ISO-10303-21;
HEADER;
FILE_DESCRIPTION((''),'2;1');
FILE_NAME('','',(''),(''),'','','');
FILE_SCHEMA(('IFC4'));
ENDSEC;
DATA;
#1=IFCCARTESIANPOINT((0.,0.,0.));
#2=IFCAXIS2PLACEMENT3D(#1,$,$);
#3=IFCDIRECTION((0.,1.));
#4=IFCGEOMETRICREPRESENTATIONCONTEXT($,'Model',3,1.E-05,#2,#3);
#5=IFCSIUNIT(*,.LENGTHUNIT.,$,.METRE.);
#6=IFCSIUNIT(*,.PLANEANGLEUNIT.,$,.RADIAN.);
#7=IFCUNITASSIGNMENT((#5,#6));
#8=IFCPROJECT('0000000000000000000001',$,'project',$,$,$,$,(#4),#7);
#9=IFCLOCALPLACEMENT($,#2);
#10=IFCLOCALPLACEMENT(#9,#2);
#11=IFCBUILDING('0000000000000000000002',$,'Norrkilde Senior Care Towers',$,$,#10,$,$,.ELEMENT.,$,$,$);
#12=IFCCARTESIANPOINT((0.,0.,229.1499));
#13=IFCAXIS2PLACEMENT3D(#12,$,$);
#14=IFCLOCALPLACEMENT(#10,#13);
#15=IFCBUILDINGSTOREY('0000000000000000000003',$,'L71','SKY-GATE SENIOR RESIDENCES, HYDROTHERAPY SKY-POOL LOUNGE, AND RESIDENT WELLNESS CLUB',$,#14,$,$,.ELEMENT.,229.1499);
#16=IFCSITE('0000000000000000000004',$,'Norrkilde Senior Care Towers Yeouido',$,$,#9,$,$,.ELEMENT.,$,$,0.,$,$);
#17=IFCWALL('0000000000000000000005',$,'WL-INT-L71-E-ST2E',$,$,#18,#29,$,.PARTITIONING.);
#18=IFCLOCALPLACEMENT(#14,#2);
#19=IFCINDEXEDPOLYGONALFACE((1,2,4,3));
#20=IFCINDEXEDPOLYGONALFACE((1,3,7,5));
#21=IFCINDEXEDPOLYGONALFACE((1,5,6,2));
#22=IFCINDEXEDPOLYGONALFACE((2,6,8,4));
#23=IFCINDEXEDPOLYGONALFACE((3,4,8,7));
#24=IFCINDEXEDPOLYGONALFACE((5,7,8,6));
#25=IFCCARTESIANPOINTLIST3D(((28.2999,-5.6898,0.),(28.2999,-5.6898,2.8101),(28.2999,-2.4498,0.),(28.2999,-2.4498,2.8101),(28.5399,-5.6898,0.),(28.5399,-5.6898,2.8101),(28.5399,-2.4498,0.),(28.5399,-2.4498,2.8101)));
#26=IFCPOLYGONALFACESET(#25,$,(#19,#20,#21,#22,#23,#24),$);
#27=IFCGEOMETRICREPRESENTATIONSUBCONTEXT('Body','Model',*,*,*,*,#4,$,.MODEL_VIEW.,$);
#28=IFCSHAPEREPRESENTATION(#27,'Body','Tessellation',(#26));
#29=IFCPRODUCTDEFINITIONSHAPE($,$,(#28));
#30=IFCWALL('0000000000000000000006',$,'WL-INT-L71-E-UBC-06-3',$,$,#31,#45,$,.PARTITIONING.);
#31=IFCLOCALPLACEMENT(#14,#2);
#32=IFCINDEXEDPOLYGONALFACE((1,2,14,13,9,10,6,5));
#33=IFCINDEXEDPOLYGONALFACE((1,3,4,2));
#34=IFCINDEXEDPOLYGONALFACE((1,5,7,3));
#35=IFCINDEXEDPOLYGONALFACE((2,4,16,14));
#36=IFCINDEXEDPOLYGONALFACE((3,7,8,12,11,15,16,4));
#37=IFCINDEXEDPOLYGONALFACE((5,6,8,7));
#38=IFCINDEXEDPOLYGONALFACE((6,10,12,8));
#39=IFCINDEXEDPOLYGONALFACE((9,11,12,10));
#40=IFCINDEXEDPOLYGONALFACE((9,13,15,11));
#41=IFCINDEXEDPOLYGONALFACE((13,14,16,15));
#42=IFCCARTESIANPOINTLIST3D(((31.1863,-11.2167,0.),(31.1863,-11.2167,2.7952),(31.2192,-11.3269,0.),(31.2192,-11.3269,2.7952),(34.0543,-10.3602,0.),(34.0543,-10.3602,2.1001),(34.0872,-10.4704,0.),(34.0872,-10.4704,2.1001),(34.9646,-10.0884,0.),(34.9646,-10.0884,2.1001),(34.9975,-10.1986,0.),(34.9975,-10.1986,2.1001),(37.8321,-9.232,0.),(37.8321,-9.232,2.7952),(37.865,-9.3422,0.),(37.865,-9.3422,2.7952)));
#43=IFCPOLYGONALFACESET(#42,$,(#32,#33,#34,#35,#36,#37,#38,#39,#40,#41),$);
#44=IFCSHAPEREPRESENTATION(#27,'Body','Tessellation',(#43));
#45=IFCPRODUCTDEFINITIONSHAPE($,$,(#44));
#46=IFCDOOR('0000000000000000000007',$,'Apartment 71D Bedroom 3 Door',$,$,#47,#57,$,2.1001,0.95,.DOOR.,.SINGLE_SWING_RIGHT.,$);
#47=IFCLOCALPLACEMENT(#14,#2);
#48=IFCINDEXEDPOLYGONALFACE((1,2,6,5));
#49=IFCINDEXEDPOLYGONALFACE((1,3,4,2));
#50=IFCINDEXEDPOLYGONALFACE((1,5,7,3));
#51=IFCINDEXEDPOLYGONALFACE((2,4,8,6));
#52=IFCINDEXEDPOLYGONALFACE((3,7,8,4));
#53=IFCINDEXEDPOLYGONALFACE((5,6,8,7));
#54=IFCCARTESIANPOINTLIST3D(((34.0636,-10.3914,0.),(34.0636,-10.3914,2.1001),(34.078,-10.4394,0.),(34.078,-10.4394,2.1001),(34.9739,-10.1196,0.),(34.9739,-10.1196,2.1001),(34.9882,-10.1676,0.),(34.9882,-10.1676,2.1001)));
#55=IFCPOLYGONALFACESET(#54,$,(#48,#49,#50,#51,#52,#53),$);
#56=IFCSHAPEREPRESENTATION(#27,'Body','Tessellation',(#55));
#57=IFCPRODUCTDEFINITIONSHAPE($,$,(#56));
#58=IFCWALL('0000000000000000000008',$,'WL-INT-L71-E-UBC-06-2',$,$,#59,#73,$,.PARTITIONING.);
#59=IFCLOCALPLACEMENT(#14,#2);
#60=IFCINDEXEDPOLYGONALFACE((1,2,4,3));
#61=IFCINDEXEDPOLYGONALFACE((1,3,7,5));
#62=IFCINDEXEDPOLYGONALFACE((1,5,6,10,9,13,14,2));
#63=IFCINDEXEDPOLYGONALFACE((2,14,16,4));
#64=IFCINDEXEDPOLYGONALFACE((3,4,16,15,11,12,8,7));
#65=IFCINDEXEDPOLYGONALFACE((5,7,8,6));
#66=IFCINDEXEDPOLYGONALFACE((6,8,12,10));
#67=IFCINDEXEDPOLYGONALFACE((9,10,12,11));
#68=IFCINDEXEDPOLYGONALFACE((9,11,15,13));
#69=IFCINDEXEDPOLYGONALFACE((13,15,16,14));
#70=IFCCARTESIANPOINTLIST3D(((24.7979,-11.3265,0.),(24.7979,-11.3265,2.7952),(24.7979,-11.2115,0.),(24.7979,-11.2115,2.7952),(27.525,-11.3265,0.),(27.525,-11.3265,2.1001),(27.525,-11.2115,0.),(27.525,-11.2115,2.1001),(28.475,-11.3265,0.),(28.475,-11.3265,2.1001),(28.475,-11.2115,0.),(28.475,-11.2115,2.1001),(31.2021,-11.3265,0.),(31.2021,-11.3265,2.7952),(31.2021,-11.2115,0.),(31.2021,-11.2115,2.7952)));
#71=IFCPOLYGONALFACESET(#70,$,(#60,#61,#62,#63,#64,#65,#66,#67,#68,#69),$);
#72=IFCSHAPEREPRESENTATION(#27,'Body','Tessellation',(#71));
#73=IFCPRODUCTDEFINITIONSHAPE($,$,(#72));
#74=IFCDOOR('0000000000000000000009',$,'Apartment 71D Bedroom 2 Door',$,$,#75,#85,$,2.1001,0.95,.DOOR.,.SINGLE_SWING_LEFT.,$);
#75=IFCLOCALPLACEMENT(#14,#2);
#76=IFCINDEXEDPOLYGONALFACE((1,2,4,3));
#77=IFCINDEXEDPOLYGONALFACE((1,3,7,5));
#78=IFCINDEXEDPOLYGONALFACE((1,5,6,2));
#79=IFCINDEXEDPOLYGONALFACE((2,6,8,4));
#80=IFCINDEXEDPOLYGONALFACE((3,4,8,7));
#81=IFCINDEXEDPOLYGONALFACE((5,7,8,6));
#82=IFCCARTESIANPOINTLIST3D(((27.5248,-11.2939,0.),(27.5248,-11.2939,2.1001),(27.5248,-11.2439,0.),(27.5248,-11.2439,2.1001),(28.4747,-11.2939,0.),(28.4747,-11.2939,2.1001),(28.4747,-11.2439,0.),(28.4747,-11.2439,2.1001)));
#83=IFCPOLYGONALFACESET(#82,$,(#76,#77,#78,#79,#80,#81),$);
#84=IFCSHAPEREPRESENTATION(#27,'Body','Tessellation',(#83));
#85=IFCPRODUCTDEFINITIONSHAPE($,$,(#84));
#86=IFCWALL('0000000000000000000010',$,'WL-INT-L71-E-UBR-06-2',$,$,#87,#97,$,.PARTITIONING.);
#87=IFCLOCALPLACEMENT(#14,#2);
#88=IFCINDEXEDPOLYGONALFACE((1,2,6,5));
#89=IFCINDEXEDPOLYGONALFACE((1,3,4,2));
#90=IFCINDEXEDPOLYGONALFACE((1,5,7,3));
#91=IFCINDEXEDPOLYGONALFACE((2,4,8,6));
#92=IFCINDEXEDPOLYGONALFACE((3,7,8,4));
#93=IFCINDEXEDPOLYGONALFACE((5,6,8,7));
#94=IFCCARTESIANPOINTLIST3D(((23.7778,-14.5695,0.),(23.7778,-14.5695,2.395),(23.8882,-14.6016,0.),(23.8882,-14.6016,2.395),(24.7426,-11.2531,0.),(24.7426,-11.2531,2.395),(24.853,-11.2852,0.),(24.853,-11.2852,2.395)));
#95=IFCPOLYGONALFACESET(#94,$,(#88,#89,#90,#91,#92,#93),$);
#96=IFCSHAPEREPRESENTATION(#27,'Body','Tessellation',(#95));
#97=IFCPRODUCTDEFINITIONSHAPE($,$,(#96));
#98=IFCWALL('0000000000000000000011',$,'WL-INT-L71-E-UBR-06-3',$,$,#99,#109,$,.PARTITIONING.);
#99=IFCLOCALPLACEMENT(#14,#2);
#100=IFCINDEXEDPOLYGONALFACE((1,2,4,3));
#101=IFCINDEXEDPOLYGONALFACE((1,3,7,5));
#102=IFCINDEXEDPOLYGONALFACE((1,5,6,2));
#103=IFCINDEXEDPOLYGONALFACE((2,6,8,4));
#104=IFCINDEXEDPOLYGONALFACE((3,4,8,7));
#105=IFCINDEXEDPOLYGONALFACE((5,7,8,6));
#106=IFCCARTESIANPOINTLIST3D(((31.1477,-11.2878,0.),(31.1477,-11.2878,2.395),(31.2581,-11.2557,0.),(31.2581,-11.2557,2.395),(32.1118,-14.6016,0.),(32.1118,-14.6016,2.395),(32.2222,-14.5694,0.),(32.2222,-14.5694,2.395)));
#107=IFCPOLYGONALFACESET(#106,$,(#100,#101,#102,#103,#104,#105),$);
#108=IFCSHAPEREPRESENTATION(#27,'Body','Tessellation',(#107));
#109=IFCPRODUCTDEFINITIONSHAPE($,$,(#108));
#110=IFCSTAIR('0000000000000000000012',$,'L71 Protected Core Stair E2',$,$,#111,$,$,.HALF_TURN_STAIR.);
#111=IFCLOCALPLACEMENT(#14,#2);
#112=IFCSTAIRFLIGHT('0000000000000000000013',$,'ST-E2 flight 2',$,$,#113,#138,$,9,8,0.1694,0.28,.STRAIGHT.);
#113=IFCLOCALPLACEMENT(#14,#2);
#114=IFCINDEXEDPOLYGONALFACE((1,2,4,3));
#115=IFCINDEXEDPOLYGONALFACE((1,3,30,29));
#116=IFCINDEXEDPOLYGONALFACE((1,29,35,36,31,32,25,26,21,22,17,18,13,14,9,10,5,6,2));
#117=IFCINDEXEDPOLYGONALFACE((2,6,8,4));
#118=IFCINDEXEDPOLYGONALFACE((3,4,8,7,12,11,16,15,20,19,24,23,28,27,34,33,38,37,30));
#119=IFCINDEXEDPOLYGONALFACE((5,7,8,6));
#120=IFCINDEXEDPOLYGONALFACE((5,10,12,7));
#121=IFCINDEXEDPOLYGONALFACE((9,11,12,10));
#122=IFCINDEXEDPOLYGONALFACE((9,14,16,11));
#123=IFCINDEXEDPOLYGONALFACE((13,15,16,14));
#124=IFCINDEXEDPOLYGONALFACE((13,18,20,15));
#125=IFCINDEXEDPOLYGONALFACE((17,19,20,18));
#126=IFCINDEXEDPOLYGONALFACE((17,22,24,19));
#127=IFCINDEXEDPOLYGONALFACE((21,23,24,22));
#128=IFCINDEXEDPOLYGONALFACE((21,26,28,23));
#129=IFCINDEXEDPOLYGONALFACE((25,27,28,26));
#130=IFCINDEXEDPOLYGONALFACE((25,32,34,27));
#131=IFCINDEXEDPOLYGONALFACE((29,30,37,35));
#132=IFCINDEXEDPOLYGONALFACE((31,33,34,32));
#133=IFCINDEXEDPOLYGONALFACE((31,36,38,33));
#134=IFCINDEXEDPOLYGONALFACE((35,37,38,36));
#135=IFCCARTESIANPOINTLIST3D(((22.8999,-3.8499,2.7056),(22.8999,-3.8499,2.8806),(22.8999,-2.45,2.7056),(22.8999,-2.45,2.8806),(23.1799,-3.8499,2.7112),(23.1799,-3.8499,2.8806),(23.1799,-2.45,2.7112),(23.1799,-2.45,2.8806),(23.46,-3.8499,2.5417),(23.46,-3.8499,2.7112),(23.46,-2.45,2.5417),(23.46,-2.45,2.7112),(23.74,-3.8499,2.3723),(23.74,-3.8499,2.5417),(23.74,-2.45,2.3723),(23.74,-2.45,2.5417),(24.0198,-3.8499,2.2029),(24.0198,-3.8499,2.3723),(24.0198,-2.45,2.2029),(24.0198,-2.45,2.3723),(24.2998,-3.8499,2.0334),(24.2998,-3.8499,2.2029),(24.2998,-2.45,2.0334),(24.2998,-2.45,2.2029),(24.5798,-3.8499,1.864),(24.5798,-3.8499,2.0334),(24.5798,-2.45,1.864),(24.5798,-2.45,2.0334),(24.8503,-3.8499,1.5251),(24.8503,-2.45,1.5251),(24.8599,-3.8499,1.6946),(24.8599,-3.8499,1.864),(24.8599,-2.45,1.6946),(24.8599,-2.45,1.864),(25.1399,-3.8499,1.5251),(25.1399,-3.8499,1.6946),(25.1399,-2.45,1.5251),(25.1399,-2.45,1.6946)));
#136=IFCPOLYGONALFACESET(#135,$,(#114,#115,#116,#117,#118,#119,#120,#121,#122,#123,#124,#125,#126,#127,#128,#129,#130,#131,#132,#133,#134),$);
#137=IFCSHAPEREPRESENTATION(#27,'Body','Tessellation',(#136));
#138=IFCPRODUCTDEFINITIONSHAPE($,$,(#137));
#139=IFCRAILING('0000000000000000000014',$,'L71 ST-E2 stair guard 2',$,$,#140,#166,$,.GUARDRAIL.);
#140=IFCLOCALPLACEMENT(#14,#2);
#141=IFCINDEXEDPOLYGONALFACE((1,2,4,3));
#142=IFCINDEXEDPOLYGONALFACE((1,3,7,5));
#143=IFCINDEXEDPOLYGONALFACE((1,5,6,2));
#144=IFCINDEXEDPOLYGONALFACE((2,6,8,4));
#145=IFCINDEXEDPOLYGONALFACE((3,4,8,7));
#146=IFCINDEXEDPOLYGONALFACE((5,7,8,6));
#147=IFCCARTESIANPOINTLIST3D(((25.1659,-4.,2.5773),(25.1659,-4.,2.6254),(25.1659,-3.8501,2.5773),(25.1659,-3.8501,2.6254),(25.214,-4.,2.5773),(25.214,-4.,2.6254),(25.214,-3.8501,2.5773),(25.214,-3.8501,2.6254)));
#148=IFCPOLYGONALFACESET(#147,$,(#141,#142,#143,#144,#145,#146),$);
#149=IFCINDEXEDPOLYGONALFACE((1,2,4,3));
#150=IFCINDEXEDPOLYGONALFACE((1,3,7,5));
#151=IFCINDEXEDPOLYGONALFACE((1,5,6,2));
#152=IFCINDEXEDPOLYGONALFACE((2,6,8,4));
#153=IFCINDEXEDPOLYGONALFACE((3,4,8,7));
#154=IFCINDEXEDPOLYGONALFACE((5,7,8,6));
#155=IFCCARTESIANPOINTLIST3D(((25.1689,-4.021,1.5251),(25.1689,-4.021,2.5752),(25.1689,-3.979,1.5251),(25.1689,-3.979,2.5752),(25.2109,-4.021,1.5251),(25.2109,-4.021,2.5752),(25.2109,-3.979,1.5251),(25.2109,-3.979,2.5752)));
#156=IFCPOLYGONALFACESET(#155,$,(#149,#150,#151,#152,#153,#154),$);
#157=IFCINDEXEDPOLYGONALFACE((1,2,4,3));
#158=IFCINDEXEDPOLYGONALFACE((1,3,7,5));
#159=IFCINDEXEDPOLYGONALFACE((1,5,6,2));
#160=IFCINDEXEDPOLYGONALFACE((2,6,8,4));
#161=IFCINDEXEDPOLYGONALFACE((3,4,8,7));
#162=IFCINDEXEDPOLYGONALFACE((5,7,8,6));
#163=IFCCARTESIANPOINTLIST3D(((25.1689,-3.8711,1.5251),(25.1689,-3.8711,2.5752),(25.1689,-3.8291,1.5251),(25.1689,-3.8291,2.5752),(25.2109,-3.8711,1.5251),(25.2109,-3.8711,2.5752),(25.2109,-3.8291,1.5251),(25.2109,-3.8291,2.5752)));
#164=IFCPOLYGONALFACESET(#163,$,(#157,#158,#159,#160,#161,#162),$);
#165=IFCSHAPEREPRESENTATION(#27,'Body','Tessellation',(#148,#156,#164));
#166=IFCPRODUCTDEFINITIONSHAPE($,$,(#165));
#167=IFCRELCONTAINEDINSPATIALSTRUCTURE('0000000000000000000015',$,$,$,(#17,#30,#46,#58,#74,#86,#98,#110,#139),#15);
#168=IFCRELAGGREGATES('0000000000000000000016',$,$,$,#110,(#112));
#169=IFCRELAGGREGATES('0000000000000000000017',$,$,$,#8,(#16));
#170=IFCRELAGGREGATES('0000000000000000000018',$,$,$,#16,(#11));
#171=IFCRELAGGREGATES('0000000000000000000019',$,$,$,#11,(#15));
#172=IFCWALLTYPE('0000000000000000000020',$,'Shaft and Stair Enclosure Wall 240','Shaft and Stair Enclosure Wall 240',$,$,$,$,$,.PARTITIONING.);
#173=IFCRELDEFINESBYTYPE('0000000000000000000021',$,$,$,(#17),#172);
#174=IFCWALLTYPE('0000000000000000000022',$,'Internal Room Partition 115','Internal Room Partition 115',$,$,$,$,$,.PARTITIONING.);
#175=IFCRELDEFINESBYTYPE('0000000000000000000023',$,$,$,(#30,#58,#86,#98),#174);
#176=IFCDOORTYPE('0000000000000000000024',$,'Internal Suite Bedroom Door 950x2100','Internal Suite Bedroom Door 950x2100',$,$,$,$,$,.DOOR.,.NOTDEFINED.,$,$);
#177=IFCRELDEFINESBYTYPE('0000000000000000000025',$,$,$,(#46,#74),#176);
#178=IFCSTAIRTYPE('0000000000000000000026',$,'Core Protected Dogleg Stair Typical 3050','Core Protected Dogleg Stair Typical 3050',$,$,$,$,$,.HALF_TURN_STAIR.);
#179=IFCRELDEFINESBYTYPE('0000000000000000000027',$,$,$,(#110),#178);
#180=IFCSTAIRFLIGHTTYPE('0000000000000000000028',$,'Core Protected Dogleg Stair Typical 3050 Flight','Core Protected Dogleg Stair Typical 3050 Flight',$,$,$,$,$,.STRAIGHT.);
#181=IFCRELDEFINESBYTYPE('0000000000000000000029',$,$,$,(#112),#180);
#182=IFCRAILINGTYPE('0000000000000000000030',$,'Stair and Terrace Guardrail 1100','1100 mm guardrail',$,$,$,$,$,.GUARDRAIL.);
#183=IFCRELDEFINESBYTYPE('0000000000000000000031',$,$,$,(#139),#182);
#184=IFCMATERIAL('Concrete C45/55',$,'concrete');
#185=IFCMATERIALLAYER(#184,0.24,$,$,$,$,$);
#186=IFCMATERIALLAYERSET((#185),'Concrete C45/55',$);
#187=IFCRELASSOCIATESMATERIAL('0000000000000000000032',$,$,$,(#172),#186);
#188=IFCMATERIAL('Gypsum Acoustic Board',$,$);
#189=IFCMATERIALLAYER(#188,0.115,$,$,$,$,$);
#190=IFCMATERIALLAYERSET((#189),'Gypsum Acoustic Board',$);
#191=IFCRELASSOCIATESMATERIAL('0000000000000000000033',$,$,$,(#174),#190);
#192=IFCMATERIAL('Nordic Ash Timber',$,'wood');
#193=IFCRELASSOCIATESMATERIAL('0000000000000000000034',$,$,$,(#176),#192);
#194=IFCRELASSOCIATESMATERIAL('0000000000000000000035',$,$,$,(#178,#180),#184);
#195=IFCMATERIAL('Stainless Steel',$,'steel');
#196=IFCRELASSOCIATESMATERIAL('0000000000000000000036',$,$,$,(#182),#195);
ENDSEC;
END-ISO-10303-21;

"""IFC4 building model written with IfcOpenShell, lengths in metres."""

from ifc_helpers import new_model, si_unit, direction, frame, frame_2d, origin, origin_2d, place, context, subcontext, project, spatial, polyline, rectangle, outline, extrude, source, transform, mapped, material, layer, layer_set, type_object, type_shapes, element, fill, aggregate, save


model = new_model("IFC4")

# Units and contexts
model_context = context("Model", 3, precision=1e-05, world=origin(), true_north=direction((0.0, 1.0)))
body_context = subcontext(model_context, "Body", "Model", "MODEL_VIEW")
ifc_project = project(units=[si_unit("LENGTHUNIT", "METRE"), si_unit("PLANEANGLEUNIT", "RADIAN")], contexts=[model_context])

# Site, building, storey
site_placement = place(None, origin())
site = spatial("IfcSite", under=ifc_project, at=site_placement, Name="Norrkilde Senior Care Towers Yeouido", CompositionType="ELEMENT", RefElevation=0.0)
building_placement = place(site_placement, origin())
building = spatial("IfcBuilding", under=site, at=building_placement, Name="Norrkilde Senior Care Towers", CompositionType="ELEMENT")
storey_placement = place(building_placement, frame((0.0, 0.0, 229.1499)))
storey = spatial("IfcBuildingStorey", under=building, at=storey_placement, Name="L71", Description="SKY-GATE SENIOR RESIDENCES, HYDROTHERAPY SKY-POOL LOUNGE, AND RESIDENT WELLNESS CLUB", CompositionType="ELEMENT", Elevation=229.1499)

# Shared definitions
ifc_material_1 = material(Name="Concrete C45/55", Category="concrete")
ifc_material_2 = material(Name="Stainless Steel", Category="steel")

# Shared definitions
ifc_material_3 = material(Name="Gypsum Acoustic Board")

# Wall
ifc_layer_1 = layer(ifc_material_1, 0.24)
ifc_layer_set_1 = layer_set([ifc_layer_1], Name="Concrete C45/55")
wall_type_1 = type_object("IfcWallType", Name="Shaft and Stair Enclosure Wall 240", Description="Shaft and Stair Enclosure Wall 240", PredefinedType="PARTITIONING", material=ifc_layer_set_1)
shared_shape_1 = source(origin(), body_context, "Body", "SweptSolid", [
    extrude(rectangle(XDim=3.24, YDim=0.24, at=frame_2d((1.6201, 0.0))), origin(), (0.0, 0.0, 1.0), 2.8101),
])
type_shapes(wall_type_1, [shared_shape_1])
wall_1_placement = place(storey_placement, frame((28.4199, -5.6899, 0.0), z_axis=(0.0, 0.0, 1.0), x_axis=(0.0, 1.0, 0.0)))
element("IfcWall", 1, at=wall_1_placement, inside=storey, type_object=wall_type_1, Name="WL-INT-L71-E-ST2E", PredefinedType="PARTITIONING", context=body_context, shape_type="MappedRepresentation", body=[
    mapped(shared_shape_1, transform((0.0, 0.0, 0.0), x_axis=(1.0, 0.0, 0.0), y_axis=(0.0, 1.0, 0.0), z_axis=(0.0, 0.0, 1.0), scale=1.0)),
])

# Walls, openings, doors
ifc_layer_2 = layer(ifc_material_3, 0.115)
ifc_layer_set_2 = layer_set([ifc_layer_2], Name="Gypsum Acoustic Board")
wall_type_2 = type_object("IfcWallType", Name="Internal Room Partition 115", Description="Internal Room Partition 115", PredefinedType="PARTITIONING", material=ifc_layer_set_2)
shared_shape_2 = source(origin(), body_context, "Body", "SweptSolid", [
    extrude(rectangle(XDim=6.9358, YDim=0.115, at=frame_2d((3.4678, 0.0))), origin(), (0.0, 0.0, 1.0), 2.7952),
])
wall_2_placement = place(storey_placement, frame((31.2029, -11.2717, 0.0), z_axis=(0.0, 0.0, 1.0), x_axis=(0.958187, 0.286143, 0.0)))
wall_2 = element("IfcWall", 2, at=wall_2_placement, inside=storey, type_object=wall_type_2, Name="WL-INT-L71-E-UBC-06-3", PredefinedType="PARTITIONING", context=body_context, shape_type="MappedRepresentation", body=[
    mapped(shared_shape_2, transform((0.0, 0.0, 0.0), x_axis=(1.0, 0.0, 0.0), y_axis=(0.0, 1.0, 0.0), z_axis=(0.0, 0.0, 1.0), scale=1.0)),
])
opening_1_placement = place(wall_2_placement, frame((2.9929, 0.0, 0.0)))
opening_1 = element("IfcOpeningElement", 3, at=opening_1_placement, cuts=wall_2, PredefinedType="OPENING", context=body_context, shape_type="SweptSolid", body=[
    extrude(rectangle(XDim=0.95, YDim=2.1001, at=frame_2d((0.4751, 1.05))), frame((0.0, 0.0674, 0.0), z_axis=(0.0, -1.0, 0.0), x_axis=(1.0, 0.0, 0.0)), (0.0, 0.0, 1.0), 0.135),
])
ifc_material_4 = material(Name="Nordic Ash Timber", Category="wood")
door_type_1 = type_object("IfcDoorType", Name="Internal Suite Bedroom Door 950x2100", Description="Internal Suite Bedroom Door 950x2100", OperationType="NOTDEFINED", PredefinedType="DOOR", material=ifc_material_4)
shared_shape_3 = source(origin(), body_context, "Body", "SweptSolid", [
    extrude(rectangle(XDim=0.95, YDim=2.1001, at=frame_2d((0.4751, 1.05))), frame((0.0, 0.0249, 0.0), z_axis=(0.0, -1.0, 0.0), x_axis=(1.0, 0.0, 0.0)), (0.0, 0.0, 1.0), 0.05),
])
type_shapes(door_type_1, [shared_shape_3])
door_1_placement = place(opening_1_placement, origin())
door_1 = element("IfcDoor", 4, at=door_1_placement, inside=storey, type_object=door_type_1, Name="Apartment 71D Bedroom 3 Door", OperationType="SINGLE_SWING_RIGHT", OverallHeight=2.1001, OverallWidth=0.95, PredefinedType="DOOR", context=body_context, shape_type="MappedRepresentation", body=[
    mapped(shared_shape_3, transform((0.0, 0.0, 0.0), x_axis=(1.0, 0.0, 0.0), y_axis=(0.0, 1.0, 0.0), z_axis=(0.0, 0.0, 1.0), scale=1.0)),
])
fill(opening_1, door_1)
shared_shape_4 = source(origin(), body_context, "Body", "SweptSolid", [
    extrude(rectangle(XDim=6.4043, YDim=0.115, at=frame_2d((3.2021, 0.0))), origin(), (0.0, 0.0, 1.0), 2.7952),
])
wall_3_placement = place(storey_placement, frame((24.7979, -11.269, 0.0), z_axis=(0.0, 0.0, 1.0), x_axis=(1.0, 0.0, 0.0)))
wall_3 = element("IfcWall", 5, at=wall_3_placement, inside=storey, type_object=wall_type_2, Name="WL-INT-L71-E-UBC-06-2", PredefinedType="PARTITIONING", context=body_context, shape_type="MappedRepresentation", body=[
    mapped(shared_shape_4, transform((0.0, 0.0, 0.0), x_axis=(1.0, 0.0, 0.0), y_axis=(0.0, 1.0, 0.0), z_axis=(0.0, 0.0, 1.0), scale=1.0)),
])
opening_2_placement = place(wall_3_placement, frame((2.7271, 0.0, 0.0)))
opening_2 = element("IfcOpeningElement", 6, at=opening_2_placement, cuts=wall_3, PredefinedType="OPENING", context=body_context, shape_type="SweptSolid", body=[
    extrude(rectangle(XDim=0.95, YDim=2.1001, at=frame_2d((0.4751, 1.05))), frame((0.0, 0.0674, 0.0), z_axis=(0.0, -1.0, 0.0), x_axis=(1.0, 0.0, 0.0)), (0.0, 0.0, 1.0), 0.135),
])
door_2_placement = place(opening_2_placement, frame((0.95, 0.0, 0.0), z_axis=(0.0, 0.0, 1.0), x_axis=(-1.0, 0.0, 0.0)))
door_2 = element("IfcDoor", 7, at=door_2_placement, inside=storey, type_object=door_type_1, Name="Apartment 71D Bedroom 2 Door", OperationType="SINGLE_SWING_LEFT", OverallHeight=2.1001, OverallWidth=0.95, PredefinedType="DOOR", context=body_context, shape_type="MappedRepresentation", body=[
    mapped(shared_shape_3, transform((0.0, 0.0, 0.0), x_axis=(1.0, 0.0, 0.0), y_axis=(0.0, 1.0, 0.0), z_axis=(0.0, 0.0, 1.0), scale=1.0)),
])
fill(opening_2, door_2)

# Walls
shared_shape_5 = source(origin(), body_context, "Body", "SweptSolid", [
    extrude(rectangle(XDim=3.4539, YDim=0.115, at=frame_2d((1.7271, 0.0))), origin(), (0.0, 0.0, 1.0), 2.395),
])
wall_4_placement = place(storey_placement, frame((24.7979, -11.269, 0.0), z_axis=(0.0, 0.0, 1.0), x_axis=(-0.279348, -0.96019, 0.0)))
element("IfcWall", 8, at=wall_4_placement, inside=storey, type_object=wall_type_2, Name="WL-INT-L71-E-UBR-06-2", PredefinedType="PARTITIONING", context=body_context, shape_type="MappedRepresentation", body=[
    mapped(shared_shape_5, transform((0.0, 0.0, 0.0), x_axis=(1.0, 0.0, 0.0), y_axis=(0.0, 1.0, 0.0), z_axis=(0.0, 0.0, 1.0), scale=1.0)),
])
shared_shape_6 = source(origin(), body_context, "Body", "SweptSolid", [
    extrude(rectangle(XDim=3.4512, YDim=0.115, at=frame_2d((1.7256, 0.0))), origin(), (0.0, 0.0, 1.0), 2.395),
])
type_shapes(wall_type_2, [shared_shape_2, shared_shape_4, shared_shape_5, shared_shape_6])
wall_5_placement = place(storey_placement, frame((31.2029, -11.2717, 0.0), z_axis=(0.0, 0.0, 1.0), x_axis=(0.279362, -0.960186, 0.0)))
element("IfcWall", 9, at=wall_5_placement, inside=storey, type_object=wall_type_2, Name="WL-INT-L71-E-UBR-06-3", PredefinedType="PARTITIONING", context=body_context, shape_type="MappedRepresentation", body=[
    mapped(shared_shape_6, transform((0.0, 0.0, 0.0), x_axis=(1.0, 0.0, 0.0), y_axis=(0.0, 1.0, 0.0), z_axis=(0.0, 0.0, 1.0), scale=1.0)),
])

# Stair, stair flight
stair_type = type_object("IfcStairType", Name="Core Protected Dogleg Stair Typical 3050", Description="Core Protected Dogleg Stair Typical 3050", PredefinedType="HALF_TURN_STAIR", material=ifc_material_1)
stair_placement = place(storey_placement, origin())
stair = element("IfcStair", 10, at=stair_placement, inside=storey, type_object=stair_type, Name="L71 Protected Core Stair E2", PredefinedType="HALF_TURN_STAIR")
stair_flight_type = type_object("IfcStairFlightType", Name="Core Protected Dogleg Stair Typical 3050 Flight", Description="Core Protected Dogleg Stair Typical 3050 Flight", PredefinedType="STRAIGHT", material=ifc_material_1)
stair_flight_placement = place(storey_placement, frame((25.1399, -3.1499, 1.5251), z_axis=(0.0, 0.0, 1.0), x_axis=(-1.0, 0.0, 0.0)))
stair_flight = element("IfcStairFlight", 11, at=stair_flight_placement, type_object=stair_flight_type, Name="ST-E2 flight 2", NumberOfRisers=9, NumberOfTreads=8, PredefinedType="STRAIGHT", RiserHeight=0.1694, TreadLength=0.28, context=body_context, shape_type="SweptSolid", body=[
    extrude(outline(polyline([(0.0, 0.0), (0.0, 0.1694), (0.28, 0.1694), (0.28, 0.3389), (0.5601, 0.3389), (0.5601, 0.5083), (0.8401, 0.5083), (0.8401, 0.6777), (1.1201, 0.6777), (1.1201, 0.8472), (1.3999, 0.8472), (1.3999, 1.0166), (1.6799, 1.0166), (1.6799, 1.186), (1.96, 1.186), (1.96, 1.3555), (2.24, 1.3555), (2.24, 1.5249), (2.24, 1.1804), (0.2896, 0.0), (0.0, 0.0)])), frame((0.0, 0.7, 0.0), z_axis=(0.0, -1.0, 0.0), x_axis=(1.0, 0.0, 0.0)), (0.0, 0.0, 1.0), 1.3999),
])
aggregate(stair, [stair_flight])

# Railing
railing_type_1 = type_object("IfcRailingType", Name="Stair and Terrace Guardrail 1100", Description="1100 mm guardrail", PredefinedType="GUARDRAIL", material=ifc_material_2)
railing_1_placement = place(storey_placement, frame((25.1899, -4.0, 1.5251)))
element("IfcRailing", 12, at=railing_1_placement, inside=storey, type_object=railing_type_1, Name="L71 ST-E2 stair guard 2", PredefinedType="GUARDRAIL", context=body_context, shape_type="SweptSolid", body=[
    extrude(rectangle(XDim=0.0481, YDim=0.0481, at=origin_2d()), frame((0.0, 0.0, 1.0762), z_axis=(0.0, 1.0, 0.0), x_axis=(-1.0, 0.0, 0.0)), (0.0, 0.0, 1.0), 0.1499),
    extrude(rectangle(XDim=0.042, YDim=0.042, at=origin_2d()), origin(), (0.0, 0.0, 1.0), 1.05),
    extrude(rectangle(XDim=0.042, YDim=0.042, at=origin_2d()), frame((0.0, 0.1499, 0.0)), (0.0, 0.0, 1.0), 1.05),
])

save(model, "model.ifc")
